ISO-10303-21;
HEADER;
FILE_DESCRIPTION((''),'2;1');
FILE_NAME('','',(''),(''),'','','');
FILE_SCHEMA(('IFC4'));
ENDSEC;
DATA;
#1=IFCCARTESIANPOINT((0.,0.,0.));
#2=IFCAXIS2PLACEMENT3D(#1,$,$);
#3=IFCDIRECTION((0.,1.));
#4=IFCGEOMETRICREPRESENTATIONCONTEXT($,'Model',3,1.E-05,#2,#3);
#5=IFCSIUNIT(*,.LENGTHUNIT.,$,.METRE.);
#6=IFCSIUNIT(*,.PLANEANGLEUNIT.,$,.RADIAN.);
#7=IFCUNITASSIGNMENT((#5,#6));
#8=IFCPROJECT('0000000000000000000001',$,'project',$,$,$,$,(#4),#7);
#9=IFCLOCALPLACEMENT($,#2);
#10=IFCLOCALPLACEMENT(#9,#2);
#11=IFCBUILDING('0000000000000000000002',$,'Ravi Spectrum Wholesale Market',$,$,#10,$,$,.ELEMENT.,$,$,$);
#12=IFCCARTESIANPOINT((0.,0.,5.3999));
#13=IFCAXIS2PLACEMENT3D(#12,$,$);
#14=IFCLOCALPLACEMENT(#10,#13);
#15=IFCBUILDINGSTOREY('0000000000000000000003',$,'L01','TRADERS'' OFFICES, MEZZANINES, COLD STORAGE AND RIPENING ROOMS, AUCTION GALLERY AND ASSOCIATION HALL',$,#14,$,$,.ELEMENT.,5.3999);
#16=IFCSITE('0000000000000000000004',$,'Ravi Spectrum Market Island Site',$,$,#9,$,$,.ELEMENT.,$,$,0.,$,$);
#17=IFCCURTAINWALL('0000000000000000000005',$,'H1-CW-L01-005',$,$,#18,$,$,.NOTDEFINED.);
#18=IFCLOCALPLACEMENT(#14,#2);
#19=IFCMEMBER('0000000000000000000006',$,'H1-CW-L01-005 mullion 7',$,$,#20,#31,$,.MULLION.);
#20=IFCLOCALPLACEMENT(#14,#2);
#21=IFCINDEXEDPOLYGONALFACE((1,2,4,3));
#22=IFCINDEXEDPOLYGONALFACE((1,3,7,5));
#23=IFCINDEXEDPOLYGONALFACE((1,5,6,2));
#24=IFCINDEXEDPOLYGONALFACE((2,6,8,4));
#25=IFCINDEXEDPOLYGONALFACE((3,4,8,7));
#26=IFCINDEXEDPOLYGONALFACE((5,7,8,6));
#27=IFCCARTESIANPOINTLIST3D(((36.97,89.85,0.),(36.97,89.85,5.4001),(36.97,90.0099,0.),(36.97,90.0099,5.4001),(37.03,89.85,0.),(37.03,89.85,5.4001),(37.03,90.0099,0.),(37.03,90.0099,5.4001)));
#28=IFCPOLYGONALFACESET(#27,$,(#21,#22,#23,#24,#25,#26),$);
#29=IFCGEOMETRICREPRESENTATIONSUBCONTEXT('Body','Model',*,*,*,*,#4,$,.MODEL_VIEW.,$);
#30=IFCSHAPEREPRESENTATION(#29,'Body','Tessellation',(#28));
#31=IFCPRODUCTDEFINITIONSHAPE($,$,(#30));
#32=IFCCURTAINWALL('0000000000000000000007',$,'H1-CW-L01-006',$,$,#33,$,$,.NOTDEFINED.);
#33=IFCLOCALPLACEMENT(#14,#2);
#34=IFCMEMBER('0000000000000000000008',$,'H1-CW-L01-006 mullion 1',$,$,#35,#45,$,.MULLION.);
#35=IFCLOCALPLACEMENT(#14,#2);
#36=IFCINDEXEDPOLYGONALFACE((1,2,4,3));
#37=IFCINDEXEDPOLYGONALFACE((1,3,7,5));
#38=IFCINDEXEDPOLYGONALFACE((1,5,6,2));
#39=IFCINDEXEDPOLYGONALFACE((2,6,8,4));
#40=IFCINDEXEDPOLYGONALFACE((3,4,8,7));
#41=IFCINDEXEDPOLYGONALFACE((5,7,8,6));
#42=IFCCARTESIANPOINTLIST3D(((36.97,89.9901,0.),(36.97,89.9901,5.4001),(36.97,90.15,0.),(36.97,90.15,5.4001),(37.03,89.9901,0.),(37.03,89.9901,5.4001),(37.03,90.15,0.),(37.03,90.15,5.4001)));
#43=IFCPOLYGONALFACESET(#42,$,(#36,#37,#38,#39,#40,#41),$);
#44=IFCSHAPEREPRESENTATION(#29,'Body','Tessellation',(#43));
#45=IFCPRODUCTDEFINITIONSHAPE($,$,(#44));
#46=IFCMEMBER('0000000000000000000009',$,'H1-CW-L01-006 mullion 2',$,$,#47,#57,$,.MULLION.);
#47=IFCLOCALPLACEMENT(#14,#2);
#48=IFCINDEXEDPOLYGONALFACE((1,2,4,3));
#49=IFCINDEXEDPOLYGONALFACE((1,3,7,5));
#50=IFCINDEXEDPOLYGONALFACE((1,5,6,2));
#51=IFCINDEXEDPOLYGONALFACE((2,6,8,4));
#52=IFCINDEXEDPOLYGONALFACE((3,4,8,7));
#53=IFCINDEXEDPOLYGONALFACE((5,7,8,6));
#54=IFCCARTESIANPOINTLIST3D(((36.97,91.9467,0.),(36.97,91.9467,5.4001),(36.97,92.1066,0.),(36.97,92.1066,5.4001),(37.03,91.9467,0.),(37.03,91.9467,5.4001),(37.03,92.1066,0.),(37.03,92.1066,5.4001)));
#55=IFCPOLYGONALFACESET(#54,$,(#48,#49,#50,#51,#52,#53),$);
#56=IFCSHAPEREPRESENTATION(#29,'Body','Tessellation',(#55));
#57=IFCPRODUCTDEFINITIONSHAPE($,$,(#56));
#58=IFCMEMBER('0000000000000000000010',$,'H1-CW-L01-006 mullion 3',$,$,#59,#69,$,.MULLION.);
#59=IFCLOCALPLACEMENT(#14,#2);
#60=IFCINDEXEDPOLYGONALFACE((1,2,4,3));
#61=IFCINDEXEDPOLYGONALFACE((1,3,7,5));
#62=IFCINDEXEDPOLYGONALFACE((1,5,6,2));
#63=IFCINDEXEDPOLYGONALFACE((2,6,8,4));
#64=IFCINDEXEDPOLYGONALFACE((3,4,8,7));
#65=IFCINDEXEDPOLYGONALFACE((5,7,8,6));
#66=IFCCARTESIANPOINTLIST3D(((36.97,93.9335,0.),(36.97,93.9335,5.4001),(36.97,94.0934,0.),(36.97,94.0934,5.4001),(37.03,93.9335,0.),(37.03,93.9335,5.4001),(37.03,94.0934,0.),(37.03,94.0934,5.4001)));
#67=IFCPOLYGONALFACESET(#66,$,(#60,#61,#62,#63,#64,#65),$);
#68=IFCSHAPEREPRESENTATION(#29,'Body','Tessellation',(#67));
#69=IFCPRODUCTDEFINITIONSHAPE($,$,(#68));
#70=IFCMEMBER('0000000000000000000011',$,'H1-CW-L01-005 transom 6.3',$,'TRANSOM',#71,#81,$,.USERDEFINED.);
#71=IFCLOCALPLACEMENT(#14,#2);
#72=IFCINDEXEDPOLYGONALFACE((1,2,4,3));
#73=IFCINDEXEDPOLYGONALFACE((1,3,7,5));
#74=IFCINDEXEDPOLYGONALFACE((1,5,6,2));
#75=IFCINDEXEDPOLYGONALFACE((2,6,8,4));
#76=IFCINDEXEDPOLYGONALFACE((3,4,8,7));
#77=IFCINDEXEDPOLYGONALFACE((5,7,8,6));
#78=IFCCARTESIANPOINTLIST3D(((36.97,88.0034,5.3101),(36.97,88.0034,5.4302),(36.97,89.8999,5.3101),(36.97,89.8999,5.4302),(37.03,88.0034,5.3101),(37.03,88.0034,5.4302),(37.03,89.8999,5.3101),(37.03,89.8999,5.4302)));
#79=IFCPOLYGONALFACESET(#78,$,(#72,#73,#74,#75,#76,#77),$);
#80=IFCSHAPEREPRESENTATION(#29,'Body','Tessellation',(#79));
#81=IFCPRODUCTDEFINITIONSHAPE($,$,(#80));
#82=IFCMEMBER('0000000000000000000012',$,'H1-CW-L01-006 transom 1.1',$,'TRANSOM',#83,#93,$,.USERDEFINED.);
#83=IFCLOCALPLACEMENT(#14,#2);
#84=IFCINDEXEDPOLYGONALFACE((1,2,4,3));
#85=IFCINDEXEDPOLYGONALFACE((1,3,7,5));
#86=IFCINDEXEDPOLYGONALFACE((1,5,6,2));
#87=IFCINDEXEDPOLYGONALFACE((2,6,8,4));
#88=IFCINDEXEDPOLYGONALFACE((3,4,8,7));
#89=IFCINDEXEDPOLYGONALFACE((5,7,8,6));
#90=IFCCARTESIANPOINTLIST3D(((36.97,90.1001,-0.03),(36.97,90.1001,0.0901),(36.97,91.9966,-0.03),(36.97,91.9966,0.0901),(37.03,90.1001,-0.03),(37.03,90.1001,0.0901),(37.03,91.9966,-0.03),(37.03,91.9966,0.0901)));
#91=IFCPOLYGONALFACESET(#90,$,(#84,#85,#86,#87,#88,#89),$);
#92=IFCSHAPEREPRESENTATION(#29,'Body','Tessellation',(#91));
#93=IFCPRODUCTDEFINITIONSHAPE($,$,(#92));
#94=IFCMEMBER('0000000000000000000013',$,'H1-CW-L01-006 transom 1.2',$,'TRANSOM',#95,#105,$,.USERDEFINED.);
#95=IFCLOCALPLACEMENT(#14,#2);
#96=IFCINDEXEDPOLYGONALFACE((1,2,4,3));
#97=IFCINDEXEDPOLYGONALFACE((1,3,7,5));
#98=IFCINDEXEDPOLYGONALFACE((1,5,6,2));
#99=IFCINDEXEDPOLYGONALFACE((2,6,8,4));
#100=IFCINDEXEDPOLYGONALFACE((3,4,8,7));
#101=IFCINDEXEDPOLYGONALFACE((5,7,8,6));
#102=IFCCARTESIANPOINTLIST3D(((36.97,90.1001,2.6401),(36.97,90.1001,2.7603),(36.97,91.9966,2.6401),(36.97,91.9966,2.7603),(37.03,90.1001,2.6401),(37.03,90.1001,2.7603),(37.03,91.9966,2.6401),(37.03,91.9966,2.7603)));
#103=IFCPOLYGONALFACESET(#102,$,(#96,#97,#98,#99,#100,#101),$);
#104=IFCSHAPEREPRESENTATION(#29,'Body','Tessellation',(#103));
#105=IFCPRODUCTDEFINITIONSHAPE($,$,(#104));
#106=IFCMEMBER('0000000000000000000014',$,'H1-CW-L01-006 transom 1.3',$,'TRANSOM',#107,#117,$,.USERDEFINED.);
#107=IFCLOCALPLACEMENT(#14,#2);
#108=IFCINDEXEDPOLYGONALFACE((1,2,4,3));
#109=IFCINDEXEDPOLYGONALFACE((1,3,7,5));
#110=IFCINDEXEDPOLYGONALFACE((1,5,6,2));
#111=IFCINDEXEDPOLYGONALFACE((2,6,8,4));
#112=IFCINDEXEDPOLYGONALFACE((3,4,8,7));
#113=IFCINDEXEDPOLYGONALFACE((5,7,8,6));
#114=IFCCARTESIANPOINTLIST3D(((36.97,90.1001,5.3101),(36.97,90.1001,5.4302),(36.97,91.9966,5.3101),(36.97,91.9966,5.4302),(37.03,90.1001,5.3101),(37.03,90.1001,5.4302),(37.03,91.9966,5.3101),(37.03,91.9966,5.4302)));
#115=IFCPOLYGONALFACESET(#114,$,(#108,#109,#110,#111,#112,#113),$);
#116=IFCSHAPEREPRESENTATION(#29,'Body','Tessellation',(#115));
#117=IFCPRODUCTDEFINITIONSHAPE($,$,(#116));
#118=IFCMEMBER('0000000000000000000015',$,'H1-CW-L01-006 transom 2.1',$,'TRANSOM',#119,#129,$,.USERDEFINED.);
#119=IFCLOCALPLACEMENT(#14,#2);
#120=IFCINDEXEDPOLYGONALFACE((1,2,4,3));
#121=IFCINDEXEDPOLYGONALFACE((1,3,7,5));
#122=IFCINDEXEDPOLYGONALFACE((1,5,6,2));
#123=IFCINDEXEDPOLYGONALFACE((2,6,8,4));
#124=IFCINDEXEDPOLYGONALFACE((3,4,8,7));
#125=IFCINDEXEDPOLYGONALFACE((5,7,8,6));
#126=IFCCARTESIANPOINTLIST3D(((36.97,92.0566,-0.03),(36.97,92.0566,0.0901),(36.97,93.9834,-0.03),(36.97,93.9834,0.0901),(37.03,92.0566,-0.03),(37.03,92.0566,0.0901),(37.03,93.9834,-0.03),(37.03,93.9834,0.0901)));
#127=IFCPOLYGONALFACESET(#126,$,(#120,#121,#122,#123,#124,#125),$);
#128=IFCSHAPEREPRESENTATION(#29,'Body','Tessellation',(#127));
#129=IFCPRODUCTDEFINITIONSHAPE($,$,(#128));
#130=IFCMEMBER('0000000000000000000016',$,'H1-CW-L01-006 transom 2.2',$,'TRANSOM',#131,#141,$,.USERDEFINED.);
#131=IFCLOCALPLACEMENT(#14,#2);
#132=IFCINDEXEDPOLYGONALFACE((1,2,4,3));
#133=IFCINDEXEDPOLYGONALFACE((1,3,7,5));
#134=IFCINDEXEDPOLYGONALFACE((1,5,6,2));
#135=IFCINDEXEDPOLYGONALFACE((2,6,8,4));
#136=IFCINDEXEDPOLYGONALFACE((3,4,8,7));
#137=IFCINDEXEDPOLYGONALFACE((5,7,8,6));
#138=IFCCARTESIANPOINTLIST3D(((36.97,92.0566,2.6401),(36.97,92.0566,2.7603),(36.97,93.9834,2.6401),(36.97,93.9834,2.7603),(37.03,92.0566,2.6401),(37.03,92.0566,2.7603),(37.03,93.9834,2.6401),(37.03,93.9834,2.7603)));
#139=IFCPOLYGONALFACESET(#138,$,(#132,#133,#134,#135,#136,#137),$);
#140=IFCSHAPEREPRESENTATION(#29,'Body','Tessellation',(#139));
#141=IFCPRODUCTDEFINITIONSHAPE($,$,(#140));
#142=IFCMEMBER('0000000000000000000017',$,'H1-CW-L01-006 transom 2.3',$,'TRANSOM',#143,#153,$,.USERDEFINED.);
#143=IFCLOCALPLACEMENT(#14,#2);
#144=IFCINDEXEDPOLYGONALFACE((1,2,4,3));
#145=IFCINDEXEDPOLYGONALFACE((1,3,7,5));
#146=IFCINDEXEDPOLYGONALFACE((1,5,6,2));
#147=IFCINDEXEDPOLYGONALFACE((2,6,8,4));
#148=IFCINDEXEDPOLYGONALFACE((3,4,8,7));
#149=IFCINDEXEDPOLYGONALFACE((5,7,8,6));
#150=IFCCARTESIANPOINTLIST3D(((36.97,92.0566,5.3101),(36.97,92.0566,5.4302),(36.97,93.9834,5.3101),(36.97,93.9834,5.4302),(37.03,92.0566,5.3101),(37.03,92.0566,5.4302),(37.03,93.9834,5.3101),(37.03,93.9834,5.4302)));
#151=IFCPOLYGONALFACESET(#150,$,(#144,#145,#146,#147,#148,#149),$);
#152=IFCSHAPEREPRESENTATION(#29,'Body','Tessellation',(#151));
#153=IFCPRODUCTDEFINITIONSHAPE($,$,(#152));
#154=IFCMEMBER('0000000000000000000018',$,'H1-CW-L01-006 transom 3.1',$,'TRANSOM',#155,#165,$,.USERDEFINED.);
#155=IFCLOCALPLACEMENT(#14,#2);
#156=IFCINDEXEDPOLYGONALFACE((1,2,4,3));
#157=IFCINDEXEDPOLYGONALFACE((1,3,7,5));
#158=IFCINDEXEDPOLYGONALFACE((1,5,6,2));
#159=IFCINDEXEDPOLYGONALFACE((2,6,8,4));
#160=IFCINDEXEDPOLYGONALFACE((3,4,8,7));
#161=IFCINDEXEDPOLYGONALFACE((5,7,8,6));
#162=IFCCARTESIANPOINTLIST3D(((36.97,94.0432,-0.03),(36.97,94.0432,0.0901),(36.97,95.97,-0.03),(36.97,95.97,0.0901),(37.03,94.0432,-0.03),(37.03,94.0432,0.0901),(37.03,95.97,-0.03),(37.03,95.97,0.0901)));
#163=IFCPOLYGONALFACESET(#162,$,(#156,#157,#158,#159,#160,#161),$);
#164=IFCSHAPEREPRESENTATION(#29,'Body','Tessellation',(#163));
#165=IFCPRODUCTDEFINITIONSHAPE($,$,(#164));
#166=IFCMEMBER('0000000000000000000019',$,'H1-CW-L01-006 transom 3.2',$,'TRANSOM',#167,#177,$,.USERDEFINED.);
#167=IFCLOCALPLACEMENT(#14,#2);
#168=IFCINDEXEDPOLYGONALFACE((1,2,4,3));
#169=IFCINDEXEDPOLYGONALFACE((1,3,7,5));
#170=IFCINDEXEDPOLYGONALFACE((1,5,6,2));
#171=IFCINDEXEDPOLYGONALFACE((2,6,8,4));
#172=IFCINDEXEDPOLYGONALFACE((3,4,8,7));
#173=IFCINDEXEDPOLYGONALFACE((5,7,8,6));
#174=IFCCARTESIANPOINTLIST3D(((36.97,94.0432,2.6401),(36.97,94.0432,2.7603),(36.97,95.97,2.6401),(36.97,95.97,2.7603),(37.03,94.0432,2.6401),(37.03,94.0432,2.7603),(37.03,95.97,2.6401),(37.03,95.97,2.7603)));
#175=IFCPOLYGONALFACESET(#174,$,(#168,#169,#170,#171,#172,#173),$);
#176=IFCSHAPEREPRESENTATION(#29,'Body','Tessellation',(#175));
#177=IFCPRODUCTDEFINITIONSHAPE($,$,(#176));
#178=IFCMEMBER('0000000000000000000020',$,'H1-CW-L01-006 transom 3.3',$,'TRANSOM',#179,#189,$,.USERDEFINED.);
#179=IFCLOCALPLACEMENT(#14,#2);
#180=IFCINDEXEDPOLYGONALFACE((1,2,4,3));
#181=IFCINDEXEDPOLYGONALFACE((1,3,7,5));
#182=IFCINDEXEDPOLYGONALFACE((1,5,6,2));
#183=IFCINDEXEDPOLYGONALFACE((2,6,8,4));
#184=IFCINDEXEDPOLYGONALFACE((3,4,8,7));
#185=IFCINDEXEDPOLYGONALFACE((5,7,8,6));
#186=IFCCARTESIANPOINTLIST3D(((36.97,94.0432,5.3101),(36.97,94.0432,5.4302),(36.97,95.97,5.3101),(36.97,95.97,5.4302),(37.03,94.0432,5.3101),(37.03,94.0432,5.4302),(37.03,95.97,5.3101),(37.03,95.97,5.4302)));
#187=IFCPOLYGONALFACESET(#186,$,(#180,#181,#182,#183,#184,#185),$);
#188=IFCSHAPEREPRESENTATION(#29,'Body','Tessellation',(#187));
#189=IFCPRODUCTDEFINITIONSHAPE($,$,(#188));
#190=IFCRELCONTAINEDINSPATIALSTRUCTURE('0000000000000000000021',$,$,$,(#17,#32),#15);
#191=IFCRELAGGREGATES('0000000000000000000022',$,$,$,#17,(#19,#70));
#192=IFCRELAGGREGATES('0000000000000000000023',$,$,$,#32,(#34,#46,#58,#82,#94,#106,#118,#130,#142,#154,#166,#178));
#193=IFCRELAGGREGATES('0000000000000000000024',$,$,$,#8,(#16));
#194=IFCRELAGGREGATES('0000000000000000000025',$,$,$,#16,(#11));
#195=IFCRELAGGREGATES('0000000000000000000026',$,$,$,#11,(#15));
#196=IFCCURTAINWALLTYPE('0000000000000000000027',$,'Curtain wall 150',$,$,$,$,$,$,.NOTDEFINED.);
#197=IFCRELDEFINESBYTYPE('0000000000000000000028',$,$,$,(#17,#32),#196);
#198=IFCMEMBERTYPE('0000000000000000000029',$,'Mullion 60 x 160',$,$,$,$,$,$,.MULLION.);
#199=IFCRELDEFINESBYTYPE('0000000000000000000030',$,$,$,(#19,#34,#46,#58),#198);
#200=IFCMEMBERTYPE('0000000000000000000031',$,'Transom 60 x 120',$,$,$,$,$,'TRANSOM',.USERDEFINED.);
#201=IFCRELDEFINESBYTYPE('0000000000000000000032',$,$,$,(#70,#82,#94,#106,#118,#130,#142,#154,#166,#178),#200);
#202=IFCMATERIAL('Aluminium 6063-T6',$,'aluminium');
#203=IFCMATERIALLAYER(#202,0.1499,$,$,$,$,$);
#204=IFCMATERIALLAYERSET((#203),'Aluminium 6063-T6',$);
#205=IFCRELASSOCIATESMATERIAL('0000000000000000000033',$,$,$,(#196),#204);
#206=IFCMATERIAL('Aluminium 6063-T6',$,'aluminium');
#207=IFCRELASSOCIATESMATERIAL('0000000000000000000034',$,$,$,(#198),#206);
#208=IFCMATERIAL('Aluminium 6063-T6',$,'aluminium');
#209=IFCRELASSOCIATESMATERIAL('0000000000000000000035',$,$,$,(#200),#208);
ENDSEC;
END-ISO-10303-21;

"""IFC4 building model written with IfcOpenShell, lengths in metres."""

from ifc_helpers import new_model, si_unit, direction, frame, origin, origin_2d, place, context, subcontext, project, spatial, rectangle, extrude, material, layer, layer_set, material_profile, profile_set, type_object, element, aggregate, save


model = new_model("IFC4")

# Units and contexts
model_context = context("Model", 3, precision=1e-05, world=origin(), true_north=direction((0.0, 1.0)))
body_context = subcontext(model_context, "Body", "Model", "MODEL_VIEW")
ifc_project = project(units=[si_unit("LENGTHUNIT", "METRE"), si_unit("PLANEANGLEUNIT", "RADIAN")], contexts=[model_context])

# Site, building, storey
site_placement = place(None, origin())
site = spatial("IfcSite", under=ifc_project, at=site_placement, Name="Ravi Spectrum Market Island Site", CompositionType="ELEMENT", RefElevation=0.0)
building_placement = place(site_placement, origin())
building = spatial("IfcBuilding", under=site, at=building_placement, Name="Ravi Spectrum Wholesale Market", CompositionType="ELEMENT")
storey_placement = place(building_placement, frame((0.0, 0.0, 5.3999)))
storey = spatial("IfcBuildingStorey", under=building, at=storey_placement, Name="L01", Description="TRADERS' OFFICES, MEZZANINES, COLD STORAGE AND RIPENING ROOMS, AUCTION GALLERY AND ASSOCIATION HALL", CompositionType="ELEMENT", Elevation=5.3999)

# Curtain wall, member
ifc_material_1 = material(Name="Aluminium 6063-T6", Category="aluminium")
ifc_layer_1 = layer(ifc_material_1, 0.1499)
ifc_layer_set_1 = layer_set([ifc_layer_1], Name="Aluminium 6063-T6")
curtain_wall_type = type_object("IfcCurtainWallType", Name="Curtain wall 150", PredefinedType="NOTDEFINED", material=ifc_layer_set_1)
curtain_wall_1_placement = place(storey_placement, origin())
curtain_wall_1 = element("IfcCurtainWall", 1, at=curtain_wall_1_placement, inside=storey, type_object=curtain_wall_type, Name="H1-CW-L01-005", PredefinedType="NOTDEFINED")
ifc_material_2 = material(Name="Aluminium 6063-T6", Category="aluminium")
ifc_material_profile_1 = material_profile(ifc_material_2, rectangle(XDim=0.0601, YDim=0.1599, at=origin_2d()))
ifc_profile_set_1 = profile_set([ifc_material_profile_1], Name="Aluminium 6063-T6")
member_type_1 = type_object("IfcMemberType", Name="Mullion 60 x 160", PredefinedType="MULLION", material=ifc_profile_set_1)
member_1_placement = place(storey_placement, frame((37.0, 89.9299, 0.0), z_axis=(0.0, 0.0, 1.0), x_axis=(-1.0, 0.0, 0.0)))
member_1 = element("IfcMember", 2, at=member_1_placement, type_object=member_type_1, Name="H1-CW-L01-005 mullion 7", PredefinedType="MULLION", context=body_context, shape_type="SweptSolid", body=[
    extrude(rectangle(XDim=0.0601, YDim=0.1599, at=origin_2d()), origin(), (0.0, 0.0, 1.0), 5.4001),
])

# Curtain wall, members
curtain_wall_2_placement = place(storey_placement, origin())
curtain_wall_2 = element("IfcCurtainWall", 3, at=curtain_wall_2_placement, inside=storey, type_object=curtain_wall_type, Name="H1-CW-L01-006", PredefinedType="NOTDEFINED")
member_2_placement = place(storey_placement, frame((37.0, 90.0701, 0.0), z_axis=(0.0, 0.0, 1.0), x_axis=(-1.0, 0.0, 0.0)))
member_2 = element("IfcMember", 4, at=member_2_placement, type_object=member_type_1, Name="H1-CW-L01-006 mullion 1", PredefinedType="MULLION", context=body_context, shape_type="SweptSolid", body=[
    extrude(rectangle(XDim=0.0601, YDim=0.1599, at=origin_2d()), origin(), (0.0, 0.0, 1.0), 5.4001),
])
member_3_placement = place(storey_placement, frame((37.0, 92.0266, 0.0), z_axis=(0.0, 0.0, 1.0), x_axis=(-1.0, 0.0, 0.0)))
member_3 = element("IfcMember", 5, at=member_3_placement, type_object=member_type_1, Name="H1-CW-L01-006 mullion 2", PredefinedType="MULLION", context=body_context, shape_type="SweptSolid", body=[
    extrude(rectangle(XDim=0.0601, YDim=0.1599, at=origin_2d()), origin(), (0.0, 0.0, 1.0), 5.4001),
])
member_4_placement = place(storey_placement, frame((37.0, 94.0134, 0.0), z_axis=(0.0, 0.0, 1.0), x_axis=(-1.0, 0.0, 0.0)))
member_4 = element("IfcMember", 6, at=member_4_placement, type_object=member_type_1, Name="H1-CW-L01-006 mullion 3", PredefinedType="MULLION", context=body_context, shape_type="SweptSolid", body=[
    extrude(rectangle(XDim=0.0601, YDim=0.1599, at=origin_2d()), origin(), (0.0, 0.0, 1.0), 5.4001),
])

# Members
ifc_material_3 = material(Name="Aluminium 6063-T6", Category="aluminium")
ifc_material_profile_2 = material_profile(ifc_material_3, rectangle(XDim=0.0601, YDim=0.1201, at=origin_2d()))
ifc_profile_set_2 = profile_set([ifc_material_profile_2], Name="Aluminium 6063-T6")
member_type_2 = type_object("IfcMemberType", Name="Transom 60 x 120", ElementType="TRANSOM", PredefinedType="USERDEFINED", material=ifc_profile_set_2)
member_5_placement = place(storey_placement, frame((37.0, 88.0034, 5.3701), z_axis=(0.0, 1.0, 0.0), x_axis=(-1.0, 0.0, 0.0)))
member_5 = element("IfcMember", 7, at=member_5_placement, type_object=member_type_2, Name="H1-CW-L01-005 transom 6.3", ObjectType="TRANSOM", PredefinedType="USERDEFINED", context=body_context, shape_type="SweptSolid", body=[
    extrude(rectangle(XDim=0.0601, YDim=0.1201, at=origin_2d()), origin(), (0.0, 0.0, 1.0), 1.8965),
])
member_6_placement = place(storey_placement, frame((37.0, 90.1001, 0.03), z_axis=(0.0, 1.0, 0.0), x_axis=(-1.0, 0.0, 0.0)))
member_6 = element("IfcMember", 8, at=member_6_placement, type_object=member_type_2, Name="H1-CW-L01-006 transom 1.1", ObjectType="TRANSOM", PredefinedType="USERDEFINED", context=body_context, shape_type="SweptSolid", body=[
    extrude(rectangle(XDim=0.0601, YDim=0.1201, at=origin_2d()), origin(), (0.0, 0.0, 1.0), 1.8965),
])
member_7_placement = place(storey_placement, frame((37.0, 90.1001, 2.7002), z_axis=(0.0, 1.0, 0.0), x_axis=(-1.0, 0.0, 0.0)))
member_7 = element("IfcMember", 9, at=member_7_placement, type_object=member_type_2, Name="H1-CW-L01-006 transom 1.2", ObjectType="TRANSOM", PredefinedType="USERDEFINED", context=body_context, shape_type="SweptSolid", body=[
    extrude(rectangle(XDim=0.0601, YDim=0.1201, at=origin_2d()), origin(), (0.0, 0.0, 1.0), 1.8965),
])
member_8_placement = place(storey_placement, frame((37.0, 90.1001, 5.3701), z_axis=(0.0, 1.0, 0.0), x_axis=(-1.0, 0.0, 0.0)))
member_8 = element("IfcMember", 10, at=member_8_placement, type_object=member_type_2, Name="H1-CW-L01-006 transom 1.3", ObjectType="TRANSOM", PredefinedType="USERDEFINED", context=body_context, shape_type="SweptSolid", body=[
    extrude(rectangle(XDim=0.0601, YDim=0.1201, at=origin_2d()), origin(), (0.0, 0.0, 1.0), 1.8965),
])
member_9_placement = place(storey_placement, frame((37.0, 92.0566, 0.03), z_axis=(0.0, 1.0, 0.0), x_axis=(-1.0, 0.0, 0.0)))
member_9 = element("IfcMember", 11, at=member_9_placement, type_object=member_type_2, Name="H1-CW-L01-006 transom 2.1", ObjectType="TRANSOM", PredefinedType="USERDEFINED", context=body_context, shape_type="SweptSolid", body=[
    extrude(rectangle(XDim=0.0601, YDim=0.1201, at=origin_2d()), origin(), (0.0, 0.0, 1.0), 1.9268),
])
member_10_placement = place(storey_placement, frame((37.0, 92.0566, 2.7002), z_axis=(0.0, 1.0, 0.0), x_axis=(-1.0, 0.0, 0.0)))
member_10 = element("IfcMember", 12, at=member_10_placement, type_object=member_type_2, Name="H1-CW-L01-006 transom 2.2", ObjectType="TRANSOM", PredefinedType="USERDEFINED", context=body_context, shape_type="SweptSolid", body=[
    extrude(rectangle(XDim=0.0601, YDim=0.1201, at=origin_2d()), origin(), (0.0, 0.0, 1.0), 1.9268),
])
member_11_placement = place(storey_placement, frame((37.0, 92.0566, 5.3701), z_axis=(0.0, 1.0, 0.0), x_axis=(-1.0, 0.0, 0.0)))
member_11 = element("IfcMember", 13, at=member_11_placement, type_object=member_type_2, Name="H1-CW-L01-006 transom 2.3", ObjectType="TRANSOM", PredefinedType="USERDEFINED", context=body_context, shape_type="SweptSolid", body=[
    extrude(rectangle(XDim=0.0601, YDim=0.1201, at=origin_2d()), origin(), (0.0, 0.0, 1.0), 1.9268),
])
member_12_placement = place(storey_placement, frame((37.0, 94.0432, 0.03), z_axis=(0.0, 1.0, 0.0), x_axis=(-1.0, 0.0, 0.0)))
member_12 = element("IfcMember", 14, at=member_12_placement, type_object=member_type_2, Name="H1-CW-L01-006 transom 3.1", ObjectType="TRANSOM", PredefinedType="USERDEFINED", context=body_context, shape_type="SweptSolid", body=[
    extrude(rectangle(XDim=0.0601, YDim=0.1201, at=origin_2d()), origin(), (0.0, 0.0, 1.0), 1.9268),
])
member_13_placement = place(storey_placement, frame((37.0, 94.0432, 2.7002), z_axis=(0.0, 1.0, 0.0), x_axis=(-1.0, 0.0, 0.0)))
member_13 = element("IfcMember", 15, at=member_13_placement, type_object=member_type_2, Name="H1-CW-L01-006 transom 3.2", ObjectType="TRANSOM", PredefinedType="USERDEFINED", context=body_context, shape_type="SweptSolid", body=[
    extrude(rectangle(XDim=0.0601, YDim=0.1201, at=origin_2d()), origin(), (0.0, 0.0, 1.0), 1.9268),
])
member_14_placement = place(storey_placement, frame((37.0, 94.0432, 5.3701), z_axis=(0.0, 1.0, 0.0), x_axis=(-1.0, 0.0, 0.0)))
member_14 = element("IfcMember", 16, at=member_14_placement, type_object=member_type_2, Name="H1-CW-L01-006 transom 3.3", ObjectType="TRANSOM", PredefinedType="USERDEFINED", context=body_context, shape_type="SweptSolid", body=[
    extrude(rectangle(XDim=0.0601, YDim=0.1201, at=origin_2d()), origin(), (0.0, 0.0, 1.0), 1.9268),
])

aggregate(curtain_wall_1, [member_1, member_5])
aggregate(curtain_wall_2, [member_2, member_3, member_4, member_6, member_7, member_8, member_9, member_10, member_11, member_12, member_13, member_14])

save(model, "model.ifc")
